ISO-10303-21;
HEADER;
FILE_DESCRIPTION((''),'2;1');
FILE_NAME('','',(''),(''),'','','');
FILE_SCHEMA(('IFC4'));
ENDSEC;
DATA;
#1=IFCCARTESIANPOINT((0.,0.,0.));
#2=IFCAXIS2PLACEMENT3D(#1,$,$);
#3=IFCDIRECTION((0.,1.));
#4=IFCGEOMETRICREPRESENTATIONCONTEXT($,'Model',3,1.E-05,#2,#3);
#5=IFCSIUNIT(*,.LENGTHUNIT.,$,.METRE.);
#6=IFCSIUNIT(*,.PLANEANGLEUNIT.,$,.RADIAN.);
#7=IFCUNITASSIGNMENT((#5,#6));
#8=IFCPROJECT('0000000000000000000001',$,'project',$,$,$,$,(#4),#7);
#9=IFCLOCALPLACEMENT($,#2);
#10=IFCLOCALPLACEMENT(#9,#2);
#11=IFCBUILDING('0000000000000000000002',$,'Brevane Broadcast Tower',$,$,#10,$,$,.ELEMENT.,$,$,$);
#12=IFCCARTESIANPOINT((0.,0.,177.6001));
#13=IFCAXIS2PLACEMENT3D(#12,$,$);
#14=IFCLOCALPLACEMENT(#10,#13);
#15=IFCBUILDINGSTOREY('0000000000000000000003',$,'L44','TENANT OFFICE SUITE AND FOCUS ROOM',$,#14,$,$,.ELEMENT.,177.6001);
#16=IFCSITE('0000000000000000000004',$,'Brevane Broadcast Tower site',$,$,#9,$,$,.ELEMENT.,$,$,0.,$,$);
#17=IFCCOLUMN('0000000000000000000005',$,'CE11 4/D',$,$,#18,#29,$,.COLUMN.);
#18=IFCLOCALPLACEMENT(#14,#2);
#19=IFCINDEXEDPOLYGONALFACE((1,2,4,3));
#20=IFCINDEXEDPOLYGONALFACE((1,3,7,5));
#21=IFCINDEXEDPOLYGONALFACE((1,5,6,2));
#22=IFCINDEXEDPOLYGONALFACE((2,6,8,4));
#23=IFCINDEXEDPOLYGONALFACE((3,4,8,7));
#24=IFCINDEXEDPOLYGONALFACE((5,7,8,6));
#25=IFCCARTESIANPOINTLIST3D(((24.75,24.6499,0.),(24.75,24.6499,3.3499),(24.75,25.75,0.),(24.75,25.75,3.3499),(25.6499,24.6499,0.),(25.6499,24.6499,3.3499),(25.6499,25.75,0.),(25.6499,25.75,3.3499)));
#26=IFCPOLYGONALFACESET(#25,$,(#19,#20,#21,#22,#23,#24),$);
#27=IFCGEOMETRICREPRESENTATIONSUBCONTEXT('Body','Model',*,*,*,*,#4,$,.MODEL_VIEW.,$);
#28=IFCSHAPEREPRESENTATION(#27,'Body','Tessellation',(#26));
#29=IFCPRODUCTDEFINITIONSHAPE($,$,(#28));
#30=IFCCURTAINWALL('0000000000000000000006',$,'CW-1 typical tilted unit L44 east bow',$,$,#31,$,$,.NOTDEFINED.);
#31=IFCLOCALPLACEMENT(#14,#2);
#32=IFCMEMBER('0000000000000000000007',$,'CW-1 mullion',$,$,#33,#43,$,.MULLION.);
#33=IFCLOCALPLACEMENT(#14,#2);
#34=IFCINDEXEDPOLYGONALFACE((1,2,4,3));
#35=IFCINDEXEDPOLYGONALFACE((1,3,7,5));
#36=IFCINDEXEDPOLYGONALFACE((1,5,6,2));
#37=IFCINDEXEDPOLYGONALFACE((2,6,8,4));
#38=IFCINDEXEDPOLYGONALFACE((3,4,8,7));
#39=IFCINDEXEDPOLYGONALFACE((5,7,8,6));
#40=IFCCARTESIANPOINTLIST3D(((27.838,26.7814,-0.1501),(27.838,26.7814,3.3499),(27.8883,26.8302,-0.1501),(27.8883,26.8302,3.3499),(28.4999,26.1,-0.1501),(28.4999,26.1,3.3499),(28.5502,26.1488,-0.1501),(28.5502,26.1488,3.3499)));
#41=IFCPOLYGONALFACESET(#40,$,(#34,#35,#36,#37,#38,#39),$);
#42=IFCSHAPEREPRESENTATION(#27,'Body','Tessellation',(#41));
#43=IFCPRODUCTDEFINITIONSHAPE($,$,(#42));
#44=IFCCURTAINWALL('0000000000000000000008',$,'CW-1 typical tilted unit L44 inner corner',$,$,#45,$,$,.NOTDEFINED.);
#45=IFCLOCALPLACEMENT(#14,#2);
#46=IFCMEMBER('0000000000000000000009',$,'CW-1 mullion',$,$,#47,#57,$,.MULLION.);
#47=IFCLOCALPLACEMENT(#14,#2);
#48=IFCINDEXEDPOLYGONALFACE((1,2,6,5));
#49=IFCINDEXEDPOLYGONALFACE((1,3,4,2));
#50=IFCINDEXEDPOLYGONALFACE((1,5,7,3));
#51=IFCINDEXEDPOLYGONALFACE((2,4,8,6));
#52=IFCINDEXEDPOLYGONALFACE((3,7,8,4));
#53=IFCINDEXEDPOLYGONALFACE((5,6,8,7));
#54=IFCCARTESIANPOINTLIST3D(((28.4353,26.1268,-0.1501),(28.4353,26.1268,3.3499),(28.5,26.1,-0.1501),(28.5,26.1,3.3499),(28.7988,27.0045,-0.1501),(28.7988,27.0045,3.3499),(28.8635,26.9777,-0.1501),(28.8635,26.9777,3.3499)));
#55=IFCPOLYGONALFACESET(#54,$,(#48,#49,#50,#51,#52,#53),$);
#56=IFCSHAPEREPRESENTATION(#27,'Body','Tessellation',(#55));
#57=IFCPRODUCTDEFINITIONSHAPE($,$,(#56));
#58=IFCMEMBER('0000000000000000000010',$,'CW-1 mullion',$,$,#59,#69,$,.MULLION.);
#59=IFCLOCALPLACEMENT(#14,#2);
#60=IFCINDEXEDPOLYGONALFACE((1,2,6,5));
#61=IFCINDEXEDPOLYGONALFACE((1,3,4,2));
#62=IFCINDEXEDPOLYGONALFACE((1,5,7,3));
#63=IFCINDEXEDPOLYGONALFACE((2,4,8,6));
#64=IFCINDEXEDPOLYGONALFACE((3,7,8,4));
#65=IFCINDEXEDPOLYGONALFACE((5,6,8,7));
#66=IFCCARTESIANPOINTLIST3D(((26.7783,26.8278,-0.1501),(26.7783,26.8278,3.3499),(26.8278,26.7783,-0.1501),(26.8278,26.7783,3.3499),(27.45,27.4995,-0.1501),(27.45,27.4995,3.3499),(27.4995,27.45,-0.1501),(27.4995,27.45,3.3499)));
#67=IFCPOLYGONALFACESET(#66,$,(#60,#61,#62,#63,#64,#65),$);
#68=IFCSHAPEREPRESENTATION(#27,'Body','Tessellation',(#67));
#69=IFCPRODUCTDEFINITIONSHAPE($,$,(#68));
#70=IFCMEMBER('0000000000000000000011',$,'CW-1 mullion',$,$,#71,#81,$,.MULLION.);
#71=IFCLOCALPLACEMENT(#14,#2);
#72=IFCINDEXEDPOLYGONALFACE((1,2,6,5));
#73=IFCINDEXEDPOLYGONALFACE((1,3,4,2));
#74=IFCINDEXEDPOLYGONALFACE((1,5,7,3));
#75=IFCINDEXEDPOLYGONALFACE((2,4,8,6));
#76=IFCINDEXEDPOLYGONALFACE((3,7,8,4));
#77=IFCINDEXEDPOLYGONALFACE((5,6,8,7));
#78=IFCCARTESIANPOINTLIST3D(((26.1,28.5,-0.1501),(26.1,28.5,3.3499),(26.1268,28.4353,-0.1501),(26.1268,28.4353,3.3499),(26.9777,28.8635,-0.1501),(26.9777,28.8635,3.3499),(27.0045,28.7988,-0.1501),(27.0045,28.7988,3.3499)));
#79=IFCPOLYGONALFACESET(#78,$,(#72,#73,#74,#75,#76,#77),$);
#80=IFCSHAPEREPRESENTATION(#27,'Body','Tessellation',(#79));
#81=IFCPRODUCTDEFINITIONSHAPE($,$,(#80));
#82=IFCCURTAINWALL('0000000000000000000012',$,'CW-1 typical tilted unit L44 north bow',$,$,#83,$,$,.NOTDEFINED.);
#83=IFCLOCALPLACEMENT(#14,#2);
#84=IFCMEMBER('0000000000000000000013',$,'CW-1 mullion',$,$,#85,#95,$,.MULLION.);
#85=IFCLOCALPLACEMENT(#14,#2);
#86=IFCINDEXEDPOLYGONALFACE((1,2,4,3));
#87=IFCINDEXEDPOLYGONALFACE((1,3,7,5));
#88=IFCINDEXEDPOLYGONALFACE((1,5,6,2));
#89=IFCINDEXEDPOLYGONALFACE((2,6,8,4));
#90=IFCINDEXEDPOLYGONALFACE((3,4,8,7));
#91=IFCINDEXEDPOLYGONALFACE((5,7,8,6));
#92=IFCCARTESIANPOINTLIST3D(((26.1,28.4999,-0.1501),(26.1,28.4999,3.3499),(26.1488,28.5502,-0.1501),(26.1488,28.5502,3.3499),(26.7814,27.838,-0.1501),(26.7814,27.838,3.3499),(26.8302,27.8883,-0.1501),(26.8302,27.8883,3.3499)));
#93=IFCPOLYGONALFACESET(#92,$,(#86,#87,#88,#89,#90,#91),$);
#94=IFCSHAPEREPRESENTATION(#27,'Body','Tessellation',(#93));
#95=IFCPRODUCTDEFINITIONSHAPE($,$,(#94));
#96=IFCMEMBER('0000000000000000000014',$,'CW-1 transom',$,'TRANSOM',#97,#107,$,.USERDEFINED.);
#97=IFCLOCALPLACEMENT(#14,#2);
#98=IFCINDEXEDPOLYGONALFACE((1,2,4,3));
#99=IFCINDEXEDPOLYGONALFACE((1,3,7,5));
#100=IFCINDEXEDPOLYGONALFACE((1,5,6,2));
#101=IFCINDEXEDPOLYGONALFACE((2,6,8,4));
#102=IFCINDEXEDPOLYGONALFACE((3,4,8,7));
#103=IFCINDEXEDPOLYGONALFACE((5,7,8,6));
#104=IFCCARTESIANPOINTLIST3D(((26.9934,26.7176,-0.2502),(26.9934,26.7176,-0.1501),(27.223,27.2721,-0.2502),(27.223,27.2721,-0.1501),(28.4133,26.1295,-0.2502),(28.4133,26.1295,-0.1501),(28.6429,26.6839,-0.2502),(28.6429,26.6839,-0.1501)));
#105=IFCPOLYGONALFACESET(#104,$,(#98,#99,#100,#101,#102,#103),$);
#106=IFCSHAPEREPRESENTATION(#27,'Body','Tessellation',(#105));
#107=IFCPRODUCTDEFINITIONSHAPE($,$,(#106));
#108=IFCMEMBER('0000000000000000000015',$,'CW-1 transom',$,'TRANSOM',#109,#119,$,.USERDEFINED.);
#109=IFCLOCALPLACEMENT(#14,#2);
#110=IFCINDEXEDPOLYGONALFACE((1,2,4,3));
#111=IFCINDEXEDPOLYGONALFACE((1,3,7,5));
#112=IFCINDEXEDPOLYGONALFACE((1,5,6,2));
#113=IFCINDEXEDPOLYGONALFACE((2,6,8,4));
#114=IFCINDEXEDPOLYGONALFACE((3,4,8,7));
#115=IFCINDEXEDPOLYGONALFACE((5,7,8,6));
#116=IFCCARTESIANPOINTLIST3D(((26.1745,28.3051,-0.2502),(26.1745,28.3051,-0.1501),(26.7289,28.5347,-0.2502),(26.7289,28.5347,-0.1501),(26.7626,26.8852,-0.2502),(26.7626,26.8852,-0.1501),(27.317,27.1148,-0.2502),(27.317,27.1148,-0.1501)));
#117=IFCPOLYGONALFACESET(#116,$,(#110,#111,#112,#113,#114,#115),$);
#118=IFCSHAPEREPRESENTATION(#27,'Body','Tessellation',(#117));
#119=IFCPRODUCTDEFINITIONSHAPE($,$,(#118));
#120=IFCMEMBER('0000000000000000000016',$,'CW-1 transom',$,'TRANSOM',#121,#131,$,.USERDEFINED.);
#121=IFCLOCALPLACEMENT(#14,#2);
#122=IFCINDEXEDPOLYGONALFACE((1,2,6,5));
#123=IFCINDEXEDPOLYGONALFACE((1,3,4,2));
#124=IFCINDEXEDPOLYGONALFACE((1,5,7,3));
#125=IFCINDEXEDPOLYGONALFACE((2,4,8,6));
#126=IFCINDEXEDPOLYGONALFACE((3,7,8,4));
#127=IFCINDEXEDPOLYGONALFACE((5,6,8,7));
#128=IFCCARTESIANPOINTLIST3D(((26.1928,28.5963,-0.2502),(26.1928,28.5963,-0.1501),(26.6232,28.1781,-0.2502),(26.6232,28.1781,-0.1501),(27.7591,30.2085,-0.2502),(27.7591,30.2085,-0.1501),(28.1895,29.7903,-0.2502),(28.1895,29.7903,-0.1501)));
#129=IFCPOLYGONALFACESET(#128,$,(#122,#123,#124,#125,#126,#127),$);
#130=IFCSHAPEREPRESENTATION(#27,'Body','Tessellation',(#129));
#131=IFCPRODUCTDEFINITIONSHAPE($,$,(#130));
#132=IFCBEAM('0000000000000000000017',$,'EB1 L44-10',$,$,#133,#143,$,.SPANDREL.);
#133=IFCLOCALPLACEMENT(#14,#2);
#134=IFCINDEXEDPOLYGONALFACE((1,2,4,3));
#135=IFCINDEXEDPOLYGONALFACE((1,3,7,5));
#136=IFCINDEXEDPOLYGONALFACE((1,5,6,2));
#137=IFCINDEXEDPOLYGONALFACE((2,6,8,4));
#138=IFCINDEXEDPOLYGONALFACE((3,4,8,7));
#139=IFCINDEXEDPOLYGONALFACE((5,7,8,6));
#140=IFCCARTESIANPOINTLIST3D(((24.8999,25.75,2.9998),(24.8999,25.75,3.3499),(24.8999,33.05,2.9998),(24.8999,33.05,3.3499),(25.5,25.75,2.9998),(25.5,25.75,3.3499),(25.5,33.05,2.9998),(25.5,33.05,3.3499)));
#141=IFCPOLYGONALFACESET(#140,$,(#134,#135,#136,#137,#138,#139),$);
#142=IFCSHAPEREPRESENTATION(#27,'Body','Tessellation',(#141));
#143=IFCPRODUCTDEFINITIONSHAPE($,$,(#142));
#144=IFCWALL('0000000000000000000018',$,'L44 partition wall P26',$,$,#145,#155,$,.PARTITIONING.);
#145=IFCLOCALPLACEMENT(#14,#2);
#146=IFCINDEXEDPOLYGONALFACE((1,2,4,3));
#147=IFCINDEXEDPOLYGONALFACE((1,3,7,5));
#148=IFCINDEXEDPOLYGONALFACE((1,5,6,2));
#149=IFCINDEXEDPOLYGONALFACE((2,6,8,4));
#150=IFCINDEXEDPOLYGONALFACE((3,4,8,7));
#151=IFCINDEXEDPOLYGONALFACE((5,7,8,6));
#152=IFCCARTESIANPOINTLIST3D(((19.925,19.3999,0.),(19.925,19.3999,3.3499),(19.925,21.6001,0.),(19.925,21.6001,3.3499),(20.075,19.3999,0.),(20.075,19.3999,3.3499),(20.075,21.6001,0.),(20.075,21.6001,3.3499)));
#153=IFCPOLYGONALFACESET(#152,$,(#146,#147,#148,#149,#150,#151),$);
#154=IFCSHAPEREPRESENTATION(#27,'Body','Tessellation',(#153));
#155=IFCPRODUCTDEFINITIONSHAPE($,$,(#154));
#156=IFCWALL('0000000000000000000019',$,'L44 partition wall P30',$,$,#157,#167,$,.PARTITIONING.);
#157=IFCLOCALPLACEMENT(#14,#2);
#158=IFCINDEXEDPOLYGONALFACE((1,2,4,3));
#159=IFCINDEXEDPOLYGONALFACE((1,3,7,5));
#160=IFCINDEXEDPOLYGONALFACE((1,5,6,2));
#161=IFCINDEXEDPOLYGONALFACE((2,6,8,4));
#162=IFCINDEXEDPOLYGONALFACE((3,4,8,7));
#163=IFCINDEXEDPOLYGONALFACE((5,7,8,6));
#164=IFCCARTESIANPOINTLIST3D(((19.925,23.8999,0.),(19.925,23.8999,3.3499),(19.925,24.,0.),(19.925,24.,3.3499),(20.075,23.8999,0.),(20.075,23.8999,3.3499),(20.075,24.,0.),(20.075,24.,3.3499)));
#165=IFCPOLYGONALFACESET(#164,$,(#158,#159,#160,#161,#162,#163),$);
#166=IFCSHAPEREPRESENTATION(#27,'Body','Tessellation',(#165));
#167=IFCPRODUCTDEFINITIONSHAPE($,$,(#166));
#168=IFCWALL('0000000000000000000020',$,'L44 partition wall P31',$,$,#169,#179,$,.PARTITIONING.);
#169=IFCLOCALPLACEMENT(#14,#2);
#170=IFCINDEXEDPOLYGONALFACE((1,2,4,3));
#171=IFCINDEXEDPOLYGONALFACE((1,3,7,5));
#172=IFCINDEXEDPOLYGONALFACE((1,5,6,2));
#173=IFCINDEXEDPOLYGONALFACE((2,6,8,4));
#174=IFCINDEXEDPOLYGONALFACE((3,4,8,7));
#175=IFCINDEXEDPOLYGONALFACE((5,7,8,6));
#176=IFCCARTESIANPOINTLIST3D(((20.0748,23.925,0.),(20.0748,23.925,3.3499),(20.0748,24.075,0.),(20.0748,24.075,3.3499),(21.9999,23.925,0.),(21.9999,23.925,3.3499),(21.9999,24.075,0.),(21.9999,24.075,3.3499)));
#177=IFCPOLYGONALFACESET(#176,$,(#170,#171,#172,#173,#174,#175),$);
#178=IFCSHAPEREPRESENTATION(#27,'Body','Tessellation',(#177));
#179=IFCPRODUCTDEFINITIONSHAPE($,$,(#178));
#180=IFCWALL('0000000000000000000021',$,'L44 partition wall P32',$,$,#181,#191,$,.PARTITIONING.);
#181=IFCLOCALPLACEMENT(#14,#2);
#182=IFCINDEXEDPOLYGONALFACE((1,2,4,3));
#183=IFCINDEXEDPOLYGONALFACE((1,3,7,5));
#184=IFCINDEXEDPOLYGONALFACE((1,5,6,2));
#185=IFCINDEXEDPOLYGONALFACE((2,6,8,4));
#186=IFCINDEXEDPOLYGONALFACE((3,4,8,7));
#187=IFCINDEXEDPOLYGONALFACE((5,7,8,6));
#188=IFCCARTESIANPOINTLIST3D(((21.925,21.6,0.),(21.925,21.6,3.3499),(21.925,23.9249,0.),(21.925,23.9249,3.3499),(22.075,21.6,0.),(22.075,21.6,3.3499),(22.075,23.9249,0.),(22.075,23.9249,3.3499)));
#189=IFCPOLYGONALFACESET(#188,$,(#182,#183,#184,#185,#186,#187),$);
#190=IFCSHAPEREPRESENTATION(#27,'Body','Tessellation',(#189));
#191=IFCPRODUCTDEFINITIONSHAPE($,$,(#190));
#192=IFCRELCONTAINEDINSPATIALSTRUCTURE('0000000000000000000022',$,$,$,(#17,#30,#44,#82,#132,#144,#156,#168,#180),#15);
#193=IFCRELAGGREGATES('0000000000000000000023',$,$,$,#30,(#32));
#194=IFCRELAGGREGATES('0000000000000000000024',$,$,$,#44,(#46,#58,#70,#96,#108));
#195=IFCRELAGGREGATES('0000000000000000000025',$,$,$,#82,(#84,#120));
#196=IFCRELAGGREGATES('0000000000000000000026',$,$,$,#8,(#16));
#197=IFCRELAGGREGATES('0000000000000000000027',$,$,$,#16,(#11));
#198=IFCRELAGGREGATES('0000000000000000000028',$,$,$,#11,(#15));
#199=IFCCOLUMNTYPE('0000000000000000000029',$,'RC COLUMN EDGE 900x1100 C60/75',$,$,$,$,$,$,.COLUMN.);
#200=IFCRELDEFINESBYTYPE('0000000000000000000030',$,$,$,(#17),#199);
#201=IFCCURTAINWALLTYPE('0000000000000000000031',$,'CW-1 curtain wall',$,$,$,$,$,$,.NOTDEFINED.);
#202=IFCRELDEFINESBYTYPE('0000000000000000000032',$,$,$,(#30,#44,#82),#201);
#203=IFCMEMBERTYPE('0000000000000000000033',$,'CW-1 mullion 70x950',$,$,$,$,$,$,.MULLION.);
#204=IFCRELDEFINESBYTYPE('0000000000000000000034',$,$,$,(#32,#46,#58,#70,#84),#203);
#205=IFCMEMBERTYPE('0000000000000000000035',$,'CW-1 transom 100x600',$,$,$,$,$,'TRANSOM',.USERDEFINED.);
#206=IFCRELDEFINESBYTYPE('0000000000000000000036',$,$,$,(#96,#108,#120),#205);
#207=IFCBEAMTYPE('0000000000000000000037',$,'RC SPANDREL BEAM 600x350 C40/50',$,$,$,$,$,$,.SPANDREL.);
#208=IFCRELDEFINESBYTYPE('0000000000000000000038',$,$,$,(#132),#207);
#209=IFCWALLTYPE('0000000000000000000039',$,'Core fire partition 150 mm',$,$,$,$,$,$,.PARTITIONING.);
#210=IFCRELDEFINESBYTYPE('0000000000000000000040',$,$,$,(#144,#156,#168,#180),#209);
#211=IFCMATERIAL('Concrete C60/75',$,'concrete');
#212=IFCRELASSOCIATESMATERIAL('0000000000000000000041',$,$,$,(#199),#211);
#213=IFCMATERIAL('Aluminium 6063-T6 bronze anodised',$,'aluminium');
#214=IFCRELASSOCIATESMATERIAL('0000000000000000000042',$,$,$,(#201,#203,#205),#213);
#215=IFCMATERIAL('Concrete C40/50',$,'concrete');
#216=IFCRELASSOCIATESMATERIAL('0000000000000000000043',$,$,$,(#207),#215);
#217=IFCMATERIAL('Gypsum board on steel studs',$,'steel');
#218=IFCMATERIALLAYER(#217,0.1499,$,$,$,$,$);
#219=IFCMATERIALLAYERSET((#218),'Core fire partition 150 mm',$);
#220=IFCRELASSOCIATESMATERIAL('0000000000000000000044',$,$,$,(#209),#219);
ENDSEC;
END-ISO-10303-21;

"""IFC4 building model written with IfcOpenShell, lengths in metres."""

from ifc_helpers import new_model, si_unit, direction, frame, frame_2d, origin, origin_2d, place, context, subcontext, project, spatial, rectangle, extrude, material, layer, layer_set, material_profile, profile_set, type_object, element, aggregate, save


model = new_model("IFC4")

# Units and contexts
model_context = context("Model", 3, precision=1e-05, world=origin(), true_north=direction((0.0, 1.0)))
body_context = subcontext(model_context, "Body", "Model", "MODEL_VIEW")
ifc_project = project(units=[si_unit("LENGTHUNIT", "METRE"), si_unit("PLANEANGLEUNIT", "RADIAN")], contexts=[model_context])

# Site, building, storey
site_placement = place(None, origin())
site = spatial("IfcSite", under=ifc_project, at=site_placement, Name="Brevane Broadcast Tower site", CompositionType="ELEMENT", RefElevation=0.0)
building_placement = place(site_placement, origin())
building = spatial("IfcBuilding", under=site, at=building_placement, Name="Brevane Broadcast Tower", CompositionType="ELEMENT")
storey_placement = place(building_placement, frame((0.0, 0.0, 177.6001)))
storey = spatial("IfcBuildingStorey", under=building, at=storey_placement, Name="L44", Description="TENANT OFFICE SUITE AND FOCUS ROOM", CompositionType="ELEMENT", Elevation=177.6001)

# Column
ifc_material_1 = material(Name="Concrete C60/75", Category="concrete")
ifc_material_profile_1 = material_profile(ifc_material_1, rectangle(XDim=0.8999, YDim=1.1001, at=origin_2d()), Name="RC 900x1100")
ifc_profile_set_1 = profile_set([ifc_material_profile_1], Name="Concrete C60/75")
column_type = type_object("IfcColumnType", Name="RC COLUMN EDGE 900x1100 C60/75", PredefinedType="COLUMN", material=ifc_profile_set_1)
column_placement = place(storey_placement, frame((25.2, 25.2, 0.0), z_axis=(0.0, 0.0, 1.0), x_axis=(1.0, 0.0, 0.0)))
element("IfcColumn", 1, at=column_placement, inside=storey, type_object=column_type, Name="CE11 4/D", PredefinedType="COLUMN", context=body_context, shape_type="SweptSolid", body=[
    extrude(rectangle(XDim=0.8999, YDim=1.1001, at=origin_2d()), origin(), (0.0, 0.0, 1.0), 3.3499),
])

# Curtain wall, member
ifc_material_2 = material(Name="Aluminium 6063-T6 bronze anodised", Category="aluminium")
curtain_wall_type = type_object("IfcCurtainWallType", Name="CW-1 curtain wall", PredefinedType="NOTDEFINED", material=ifc_material_2)
curtain_wall_1_placement = place(storey_placement, origin())
curtain_wall_1 = element("IfcCurtainWall", 2, at=curtain_wall_1_placement, inside=storey, type_object=curtain_wall_type, Name="CW-1 typical tilted unit L44 east bow", PredefinedType="NOTDEFINED")
ifc_material_profile_2 = material_profile(ifc_material_2, rectangle(XDim=0.95, YDim=0.0701, at=origin_2d()), Name="RECT 70x950")
ifc_profile_set_2 = profile_set([ifc_material_profile_2], Name="Aluminium 6063-T6 bronze anodised")
member_type_1 = type_object("IfcMemberType", Name="CW-1 mullion 70x950", PredefinedType="MULLION", material=ifc_profile_set_2)
member_1_placement = place(storey_placement, frame((28.1941, 26.4651, -0.1501), z_axis=(0.0, 0.0, 1.0), x_axis=(0.696812, -0.717254, 0.0)))
member_1 = element("IfcMember", 3, at=member_1_placement, type_object=member_type_1, Name="CW-1 mullion", PredefinedType="MULLION", context=body_context, shape_type="SweptSolid", body=[
    extrude(rectangle(XDim=0.95, YDim=0.0701, at=origin_2d()), origin(), (0.0, 0.0, 1.0), 3.5),
])
aggregate(curtain_wall_1, [member_1])

# Curtain wall, members
curtain_wall_2_placement = place(storey_placement, origin())
curtain_wall_2 = element("IfcCurtainWall", 4, at=curtain_wall_2_placement, inside=storey, type_object=curtain_wall_type, Name="CW-1 typical tilted unit L44 inner corner", PredefinedType="NOTDEFINED")
member_2_placement = place(storey_placement, frame((28.6494, 26.5522, -0.1501), z_axis=(0.0, 0.0, 1.0), x_axis=(-0.382683, -0.92388, 0.0)))
member_2 = element("IfcMember", 5, at=member_2_placement, type_object=member_type_1, Name="CW-1 mullion", PredefinedType="MULLION", context=body_context, shape_type="SweptSolid", body=[
    extrude(rectangle(XDim=0.95, YDim=0.0701, at=origin_2d()), origin(), (0.0, 0.0, 1.0), 3.5),
])
member_3_placement = place(storey_placement, frame((27.1389, 27.1389, -0.1501), z_axis=(0.0, 0.0, 1.0), x_axis=(-0.707107, -0.707107, 0.0)))
member_3 = element("IfcMember", 6, at=member_3_placement, type_object=member_type_1, Name="CW-1 mullion", PredefinedType="MULLION", context=body_context, shape_type="SweptSolid", body=[
    extrude(rectangle(XDim=0.95, YDim=0.0701, at=origin_2d()), origin(), (0.0, 0.0, 1.0), 3.5),
])
member_4_placement = place(storey_placement, frame((26.5522, 28.6494, -0.1501), z_axis=(0.0, 0.0, 1.0), x_axis=(-0.92388, -0.382683, 0.0)))
member_4 = element("IfcMember", 7, at=member_4_placement, type_object=member_type_1, Name="CW-1 mullion", PredefinedType="MULLION", context=body_context, shape_type="SweptSolid", body=[
    extrude(rectangle(XDim=0.95, YDim=0.0701, at=origin_2d()), origin(), (0.0, 0.0, 1.0), 3.5),
])

# Curtain wall, member
curtain_wall_3_placement = place(storey_placement, origin())
curtain_wall_3 = element("IfcCurtainWall", 8, at=curtain_wall_3_placement, inside=storey, type_object=curtain_wall_type, Name="CW-1 typical tilted unit L44 north bow", PredefinedType="NOTDEFINED")
member_5_placement = place(storey_placement, frame((26.4651, 28.1941, -0.1501), z_axis=(0.0, 0.0, 1.0), x_axis=(-0.717254, 0.696812, 0.0)))
member_5 = element("IfcMember", 9, at=member_5_placement, type_object=member_type_1, Name="CW-1 mullion", PredefinedType="MULLION", context=body_context, shape_type="SweptSolid", body=[
    extrude(rectangle(XDim=0.95, YDim=0.0701, at=origin_2d()), origin(), (0.0, 0.0, 1.0), 3.5),
])

# Members
ifc_material_profile_3 = material_profile(ifc_material_2, rectangle(XDim=0.6001, YDim=0.1001, at=origin_2d()), Name="RECT 100x600")
ifc_profile_set_3 = profile_set([ifc_material_profile_3], Name="Aluminium 6063-T6 bronze anodised")
member_type_2 = type_object("IfcMemberType", Name="CW-1 transom 100x600", ElementType="TRANSOM", PredefinedType="USERDEFINED", material=ifc_profile_set_3)
member_6_placement = place(storey_placement, frame((28.5281, 26.4067, -0.2002), z_axis=(-0.923883, 0.382674, 0.0), x_axis=(-0.382674, -0.923883, 0.0)))
member_6 = element("IfcMember", 10, at=member_6_placement, type_object=member_type_2, Name="CW-1 transom", ObjectType="TRANSOM", PredefinedType="USERDEFINED", context=body_context, shape_type="SweptSolid", body=[
    extrude(rectangle(XDim=0.6001, YDim=0.1001, at=origin_2d()), origin(), (0.0, 0.0, 1.0), 1.5369),
])
member_7_placement = place(storey_placement, frame((27.0398, 27.0, -0.2002), z_axis=(-0.382674, 0.923883, 0.0), x_axis=(-0.923883, -0.382674, 0.0)))
member_7 = element("IfcMember", 11, at=member_7_placement, type_object=member_type_2, Name="CW-1 transom", ObjectType="TRANSOM", PredefinedType="USERDEFINED", context=body_context, shape_type="SweptSolid", body=[
    extrude(rectangle(XDim=0.6001, YDim=0.1001, at=origin_2d()), origin(), (0.0, 0.0, 1.0), 1.5369),
])
aggregate(curtain_wall_2, [member_2, member_3, member_4, member_6, member_7])
member_8_placement = place(storey_placement, frame((26.408, 28.3872, -0.2002), z_axis=(0.696824, 0.717242, 0.0), x_axis=(-0.717242, 0.696824, 0.0)))
member_8 = element("IfcMember", 12, at=member_8_placement, type_object=member_type_2, Name="CW-1 transom", ObjectType="TRANSOM", PredefinedType="USERDEFINED", context=body_context, shape_type="SweptSolid", body=[
    extrude(rectangle(XDim=0.6001, YDim=0.1001, at=origin_2d()), origin(), (0.0, 0.0, 1.0), 2.2478),
])
aggregate(curtain_wall_3, [member_5, member_8])

# Beam
ifc_material_3 = material(Name="Concrete C40/50", Category="concrete")
ifc_material_profile_4 = material_profile(ifc_material_3, rectangle(XDim=0.6001, YDim=0.3501, at=origin_2d()), Name="RC 600x350")
ifc_profile_set_4 = profile_set([ifc_material_profile_4], Name="Concrete C40/50")
beam_type = type_object("IfcBeamType", Name="RC SPANDREL BEAM 600x350 C40/50", PredefinedType="SPANDREL", material=ifc_profile_set_4)
beam_placement = place(storey_placement, frame((25.2, 25.75, 3.1748), z_axis=(0.0, 1.0, 0.0), x_axis=(-1.0, 0.0, 0.0)))
element("IfcBeam", 13, at=beam_placement, inside=storey, type_object=beam_type, Name="EB1 L44-10", PredefinedType="SPANDREL", context=body_context, shape_type="SweptSolid", body=[
    extrude(rectangle(XDim=0.6001, YDim=0.3501, at=origin_2d()), origin(), (0.0, 0.0, 1.0), 7.3),
])

# Walls
ifc_material_4 = material(Name="Gypsum board on steel studs", Category="steel")
ifc_layer_1 = layer(ifc_material_4, 0.1499)
ifc_layer_set_1 = layer_set([ifc_layer_1], Name="Core fire partition 150 mm")
wall_type_1 = type_object("IfcWallType", Name="Core fire partition 150 mm", PredefinedType="PARTITIONING", material=ifc_layer_set_1)
wall_1_placement = place(storey_placement, frame((20.0, 21.6001, 0.0), z_axis=(0.0, 0.0, 1.0), x_axis=(0.0, -1.0, 0.0)))
element("IfcWall", 14, at=wall_1_placement, inside=storey, type_object=wall_type_1, Name="L44 partition wall P26", PredefinedType="PARTITIONING", context=body_context, shape_type="SweptSolid", body=[
    extrude(rectangle(XDim=2.2002, YDim=0.1499, at=frame_2d((1.1001, 0.0))), origin(), (0.0, 0.0, 1.0), 3.3499),
])
wall_2_placement = place(storey_placement, frame((20.0, 23.8999, 0.0), z_axis=(0.0, 0.0, 1.0), x_axis=(0.0, 1.0, 0.0)))
element("IfcWall", 15, at=wall_2_placement, inside=storey, type_object=wall_type_1, Name="L44 partition wall P30", PredefinedType="PARTITIONING", context=body_context, shape_type="SweptSolid", body=[
    extrude(rectangle(XDim=0.1001, YDim=0.1499, at=frame_2d((0.05, 0.0))), origin(), (0.0, 0.0, 1.0), 3.3499),
])
wall_3_placement = place(storey_placement, frame((20.075, 24.0, 0.0), z_axis=(0.0, 0.0, 1.0), x_axis=(1.0, 0.0, 0.0)))
element("IfcWall", 16, at=wall_3_placement, inside=storey, type_object=wall_type_1, Name="L44 partition wall P31", PredefinedType="PARTITIONING", context=body_context, shape_type="SweptSolid", body=[
    extrude(rectangle(XDim=1.925, YDim=0.1499, at=frame_2d((0.9624, 0.0))), origin(), (0.0, 0.0, 1.0), 3.3499),
])
wall_4_placement = place(storey_placement, frame((22.0, 23.925, 0.0), z_axis=(0.0, 0.0, 1.0), x_axis=(0.0, -1.0, 0.0)))
element("IfcWall", 17, at=wall_4_placement, inside=storey, type_object=wall_type_1, Name="L44 partition wall P32", PredefinedType="PARTITIONING", context=body_context, shape_type="SweptSolid", body=[
    extrude(rectangle(XDim=2.325, YDim=0.1499, at=frame_2d((1.1626, 0.0))), origin(), (0.0, 0.0, 1.0), 3.3499),
])

save(model, "model.ifc")
